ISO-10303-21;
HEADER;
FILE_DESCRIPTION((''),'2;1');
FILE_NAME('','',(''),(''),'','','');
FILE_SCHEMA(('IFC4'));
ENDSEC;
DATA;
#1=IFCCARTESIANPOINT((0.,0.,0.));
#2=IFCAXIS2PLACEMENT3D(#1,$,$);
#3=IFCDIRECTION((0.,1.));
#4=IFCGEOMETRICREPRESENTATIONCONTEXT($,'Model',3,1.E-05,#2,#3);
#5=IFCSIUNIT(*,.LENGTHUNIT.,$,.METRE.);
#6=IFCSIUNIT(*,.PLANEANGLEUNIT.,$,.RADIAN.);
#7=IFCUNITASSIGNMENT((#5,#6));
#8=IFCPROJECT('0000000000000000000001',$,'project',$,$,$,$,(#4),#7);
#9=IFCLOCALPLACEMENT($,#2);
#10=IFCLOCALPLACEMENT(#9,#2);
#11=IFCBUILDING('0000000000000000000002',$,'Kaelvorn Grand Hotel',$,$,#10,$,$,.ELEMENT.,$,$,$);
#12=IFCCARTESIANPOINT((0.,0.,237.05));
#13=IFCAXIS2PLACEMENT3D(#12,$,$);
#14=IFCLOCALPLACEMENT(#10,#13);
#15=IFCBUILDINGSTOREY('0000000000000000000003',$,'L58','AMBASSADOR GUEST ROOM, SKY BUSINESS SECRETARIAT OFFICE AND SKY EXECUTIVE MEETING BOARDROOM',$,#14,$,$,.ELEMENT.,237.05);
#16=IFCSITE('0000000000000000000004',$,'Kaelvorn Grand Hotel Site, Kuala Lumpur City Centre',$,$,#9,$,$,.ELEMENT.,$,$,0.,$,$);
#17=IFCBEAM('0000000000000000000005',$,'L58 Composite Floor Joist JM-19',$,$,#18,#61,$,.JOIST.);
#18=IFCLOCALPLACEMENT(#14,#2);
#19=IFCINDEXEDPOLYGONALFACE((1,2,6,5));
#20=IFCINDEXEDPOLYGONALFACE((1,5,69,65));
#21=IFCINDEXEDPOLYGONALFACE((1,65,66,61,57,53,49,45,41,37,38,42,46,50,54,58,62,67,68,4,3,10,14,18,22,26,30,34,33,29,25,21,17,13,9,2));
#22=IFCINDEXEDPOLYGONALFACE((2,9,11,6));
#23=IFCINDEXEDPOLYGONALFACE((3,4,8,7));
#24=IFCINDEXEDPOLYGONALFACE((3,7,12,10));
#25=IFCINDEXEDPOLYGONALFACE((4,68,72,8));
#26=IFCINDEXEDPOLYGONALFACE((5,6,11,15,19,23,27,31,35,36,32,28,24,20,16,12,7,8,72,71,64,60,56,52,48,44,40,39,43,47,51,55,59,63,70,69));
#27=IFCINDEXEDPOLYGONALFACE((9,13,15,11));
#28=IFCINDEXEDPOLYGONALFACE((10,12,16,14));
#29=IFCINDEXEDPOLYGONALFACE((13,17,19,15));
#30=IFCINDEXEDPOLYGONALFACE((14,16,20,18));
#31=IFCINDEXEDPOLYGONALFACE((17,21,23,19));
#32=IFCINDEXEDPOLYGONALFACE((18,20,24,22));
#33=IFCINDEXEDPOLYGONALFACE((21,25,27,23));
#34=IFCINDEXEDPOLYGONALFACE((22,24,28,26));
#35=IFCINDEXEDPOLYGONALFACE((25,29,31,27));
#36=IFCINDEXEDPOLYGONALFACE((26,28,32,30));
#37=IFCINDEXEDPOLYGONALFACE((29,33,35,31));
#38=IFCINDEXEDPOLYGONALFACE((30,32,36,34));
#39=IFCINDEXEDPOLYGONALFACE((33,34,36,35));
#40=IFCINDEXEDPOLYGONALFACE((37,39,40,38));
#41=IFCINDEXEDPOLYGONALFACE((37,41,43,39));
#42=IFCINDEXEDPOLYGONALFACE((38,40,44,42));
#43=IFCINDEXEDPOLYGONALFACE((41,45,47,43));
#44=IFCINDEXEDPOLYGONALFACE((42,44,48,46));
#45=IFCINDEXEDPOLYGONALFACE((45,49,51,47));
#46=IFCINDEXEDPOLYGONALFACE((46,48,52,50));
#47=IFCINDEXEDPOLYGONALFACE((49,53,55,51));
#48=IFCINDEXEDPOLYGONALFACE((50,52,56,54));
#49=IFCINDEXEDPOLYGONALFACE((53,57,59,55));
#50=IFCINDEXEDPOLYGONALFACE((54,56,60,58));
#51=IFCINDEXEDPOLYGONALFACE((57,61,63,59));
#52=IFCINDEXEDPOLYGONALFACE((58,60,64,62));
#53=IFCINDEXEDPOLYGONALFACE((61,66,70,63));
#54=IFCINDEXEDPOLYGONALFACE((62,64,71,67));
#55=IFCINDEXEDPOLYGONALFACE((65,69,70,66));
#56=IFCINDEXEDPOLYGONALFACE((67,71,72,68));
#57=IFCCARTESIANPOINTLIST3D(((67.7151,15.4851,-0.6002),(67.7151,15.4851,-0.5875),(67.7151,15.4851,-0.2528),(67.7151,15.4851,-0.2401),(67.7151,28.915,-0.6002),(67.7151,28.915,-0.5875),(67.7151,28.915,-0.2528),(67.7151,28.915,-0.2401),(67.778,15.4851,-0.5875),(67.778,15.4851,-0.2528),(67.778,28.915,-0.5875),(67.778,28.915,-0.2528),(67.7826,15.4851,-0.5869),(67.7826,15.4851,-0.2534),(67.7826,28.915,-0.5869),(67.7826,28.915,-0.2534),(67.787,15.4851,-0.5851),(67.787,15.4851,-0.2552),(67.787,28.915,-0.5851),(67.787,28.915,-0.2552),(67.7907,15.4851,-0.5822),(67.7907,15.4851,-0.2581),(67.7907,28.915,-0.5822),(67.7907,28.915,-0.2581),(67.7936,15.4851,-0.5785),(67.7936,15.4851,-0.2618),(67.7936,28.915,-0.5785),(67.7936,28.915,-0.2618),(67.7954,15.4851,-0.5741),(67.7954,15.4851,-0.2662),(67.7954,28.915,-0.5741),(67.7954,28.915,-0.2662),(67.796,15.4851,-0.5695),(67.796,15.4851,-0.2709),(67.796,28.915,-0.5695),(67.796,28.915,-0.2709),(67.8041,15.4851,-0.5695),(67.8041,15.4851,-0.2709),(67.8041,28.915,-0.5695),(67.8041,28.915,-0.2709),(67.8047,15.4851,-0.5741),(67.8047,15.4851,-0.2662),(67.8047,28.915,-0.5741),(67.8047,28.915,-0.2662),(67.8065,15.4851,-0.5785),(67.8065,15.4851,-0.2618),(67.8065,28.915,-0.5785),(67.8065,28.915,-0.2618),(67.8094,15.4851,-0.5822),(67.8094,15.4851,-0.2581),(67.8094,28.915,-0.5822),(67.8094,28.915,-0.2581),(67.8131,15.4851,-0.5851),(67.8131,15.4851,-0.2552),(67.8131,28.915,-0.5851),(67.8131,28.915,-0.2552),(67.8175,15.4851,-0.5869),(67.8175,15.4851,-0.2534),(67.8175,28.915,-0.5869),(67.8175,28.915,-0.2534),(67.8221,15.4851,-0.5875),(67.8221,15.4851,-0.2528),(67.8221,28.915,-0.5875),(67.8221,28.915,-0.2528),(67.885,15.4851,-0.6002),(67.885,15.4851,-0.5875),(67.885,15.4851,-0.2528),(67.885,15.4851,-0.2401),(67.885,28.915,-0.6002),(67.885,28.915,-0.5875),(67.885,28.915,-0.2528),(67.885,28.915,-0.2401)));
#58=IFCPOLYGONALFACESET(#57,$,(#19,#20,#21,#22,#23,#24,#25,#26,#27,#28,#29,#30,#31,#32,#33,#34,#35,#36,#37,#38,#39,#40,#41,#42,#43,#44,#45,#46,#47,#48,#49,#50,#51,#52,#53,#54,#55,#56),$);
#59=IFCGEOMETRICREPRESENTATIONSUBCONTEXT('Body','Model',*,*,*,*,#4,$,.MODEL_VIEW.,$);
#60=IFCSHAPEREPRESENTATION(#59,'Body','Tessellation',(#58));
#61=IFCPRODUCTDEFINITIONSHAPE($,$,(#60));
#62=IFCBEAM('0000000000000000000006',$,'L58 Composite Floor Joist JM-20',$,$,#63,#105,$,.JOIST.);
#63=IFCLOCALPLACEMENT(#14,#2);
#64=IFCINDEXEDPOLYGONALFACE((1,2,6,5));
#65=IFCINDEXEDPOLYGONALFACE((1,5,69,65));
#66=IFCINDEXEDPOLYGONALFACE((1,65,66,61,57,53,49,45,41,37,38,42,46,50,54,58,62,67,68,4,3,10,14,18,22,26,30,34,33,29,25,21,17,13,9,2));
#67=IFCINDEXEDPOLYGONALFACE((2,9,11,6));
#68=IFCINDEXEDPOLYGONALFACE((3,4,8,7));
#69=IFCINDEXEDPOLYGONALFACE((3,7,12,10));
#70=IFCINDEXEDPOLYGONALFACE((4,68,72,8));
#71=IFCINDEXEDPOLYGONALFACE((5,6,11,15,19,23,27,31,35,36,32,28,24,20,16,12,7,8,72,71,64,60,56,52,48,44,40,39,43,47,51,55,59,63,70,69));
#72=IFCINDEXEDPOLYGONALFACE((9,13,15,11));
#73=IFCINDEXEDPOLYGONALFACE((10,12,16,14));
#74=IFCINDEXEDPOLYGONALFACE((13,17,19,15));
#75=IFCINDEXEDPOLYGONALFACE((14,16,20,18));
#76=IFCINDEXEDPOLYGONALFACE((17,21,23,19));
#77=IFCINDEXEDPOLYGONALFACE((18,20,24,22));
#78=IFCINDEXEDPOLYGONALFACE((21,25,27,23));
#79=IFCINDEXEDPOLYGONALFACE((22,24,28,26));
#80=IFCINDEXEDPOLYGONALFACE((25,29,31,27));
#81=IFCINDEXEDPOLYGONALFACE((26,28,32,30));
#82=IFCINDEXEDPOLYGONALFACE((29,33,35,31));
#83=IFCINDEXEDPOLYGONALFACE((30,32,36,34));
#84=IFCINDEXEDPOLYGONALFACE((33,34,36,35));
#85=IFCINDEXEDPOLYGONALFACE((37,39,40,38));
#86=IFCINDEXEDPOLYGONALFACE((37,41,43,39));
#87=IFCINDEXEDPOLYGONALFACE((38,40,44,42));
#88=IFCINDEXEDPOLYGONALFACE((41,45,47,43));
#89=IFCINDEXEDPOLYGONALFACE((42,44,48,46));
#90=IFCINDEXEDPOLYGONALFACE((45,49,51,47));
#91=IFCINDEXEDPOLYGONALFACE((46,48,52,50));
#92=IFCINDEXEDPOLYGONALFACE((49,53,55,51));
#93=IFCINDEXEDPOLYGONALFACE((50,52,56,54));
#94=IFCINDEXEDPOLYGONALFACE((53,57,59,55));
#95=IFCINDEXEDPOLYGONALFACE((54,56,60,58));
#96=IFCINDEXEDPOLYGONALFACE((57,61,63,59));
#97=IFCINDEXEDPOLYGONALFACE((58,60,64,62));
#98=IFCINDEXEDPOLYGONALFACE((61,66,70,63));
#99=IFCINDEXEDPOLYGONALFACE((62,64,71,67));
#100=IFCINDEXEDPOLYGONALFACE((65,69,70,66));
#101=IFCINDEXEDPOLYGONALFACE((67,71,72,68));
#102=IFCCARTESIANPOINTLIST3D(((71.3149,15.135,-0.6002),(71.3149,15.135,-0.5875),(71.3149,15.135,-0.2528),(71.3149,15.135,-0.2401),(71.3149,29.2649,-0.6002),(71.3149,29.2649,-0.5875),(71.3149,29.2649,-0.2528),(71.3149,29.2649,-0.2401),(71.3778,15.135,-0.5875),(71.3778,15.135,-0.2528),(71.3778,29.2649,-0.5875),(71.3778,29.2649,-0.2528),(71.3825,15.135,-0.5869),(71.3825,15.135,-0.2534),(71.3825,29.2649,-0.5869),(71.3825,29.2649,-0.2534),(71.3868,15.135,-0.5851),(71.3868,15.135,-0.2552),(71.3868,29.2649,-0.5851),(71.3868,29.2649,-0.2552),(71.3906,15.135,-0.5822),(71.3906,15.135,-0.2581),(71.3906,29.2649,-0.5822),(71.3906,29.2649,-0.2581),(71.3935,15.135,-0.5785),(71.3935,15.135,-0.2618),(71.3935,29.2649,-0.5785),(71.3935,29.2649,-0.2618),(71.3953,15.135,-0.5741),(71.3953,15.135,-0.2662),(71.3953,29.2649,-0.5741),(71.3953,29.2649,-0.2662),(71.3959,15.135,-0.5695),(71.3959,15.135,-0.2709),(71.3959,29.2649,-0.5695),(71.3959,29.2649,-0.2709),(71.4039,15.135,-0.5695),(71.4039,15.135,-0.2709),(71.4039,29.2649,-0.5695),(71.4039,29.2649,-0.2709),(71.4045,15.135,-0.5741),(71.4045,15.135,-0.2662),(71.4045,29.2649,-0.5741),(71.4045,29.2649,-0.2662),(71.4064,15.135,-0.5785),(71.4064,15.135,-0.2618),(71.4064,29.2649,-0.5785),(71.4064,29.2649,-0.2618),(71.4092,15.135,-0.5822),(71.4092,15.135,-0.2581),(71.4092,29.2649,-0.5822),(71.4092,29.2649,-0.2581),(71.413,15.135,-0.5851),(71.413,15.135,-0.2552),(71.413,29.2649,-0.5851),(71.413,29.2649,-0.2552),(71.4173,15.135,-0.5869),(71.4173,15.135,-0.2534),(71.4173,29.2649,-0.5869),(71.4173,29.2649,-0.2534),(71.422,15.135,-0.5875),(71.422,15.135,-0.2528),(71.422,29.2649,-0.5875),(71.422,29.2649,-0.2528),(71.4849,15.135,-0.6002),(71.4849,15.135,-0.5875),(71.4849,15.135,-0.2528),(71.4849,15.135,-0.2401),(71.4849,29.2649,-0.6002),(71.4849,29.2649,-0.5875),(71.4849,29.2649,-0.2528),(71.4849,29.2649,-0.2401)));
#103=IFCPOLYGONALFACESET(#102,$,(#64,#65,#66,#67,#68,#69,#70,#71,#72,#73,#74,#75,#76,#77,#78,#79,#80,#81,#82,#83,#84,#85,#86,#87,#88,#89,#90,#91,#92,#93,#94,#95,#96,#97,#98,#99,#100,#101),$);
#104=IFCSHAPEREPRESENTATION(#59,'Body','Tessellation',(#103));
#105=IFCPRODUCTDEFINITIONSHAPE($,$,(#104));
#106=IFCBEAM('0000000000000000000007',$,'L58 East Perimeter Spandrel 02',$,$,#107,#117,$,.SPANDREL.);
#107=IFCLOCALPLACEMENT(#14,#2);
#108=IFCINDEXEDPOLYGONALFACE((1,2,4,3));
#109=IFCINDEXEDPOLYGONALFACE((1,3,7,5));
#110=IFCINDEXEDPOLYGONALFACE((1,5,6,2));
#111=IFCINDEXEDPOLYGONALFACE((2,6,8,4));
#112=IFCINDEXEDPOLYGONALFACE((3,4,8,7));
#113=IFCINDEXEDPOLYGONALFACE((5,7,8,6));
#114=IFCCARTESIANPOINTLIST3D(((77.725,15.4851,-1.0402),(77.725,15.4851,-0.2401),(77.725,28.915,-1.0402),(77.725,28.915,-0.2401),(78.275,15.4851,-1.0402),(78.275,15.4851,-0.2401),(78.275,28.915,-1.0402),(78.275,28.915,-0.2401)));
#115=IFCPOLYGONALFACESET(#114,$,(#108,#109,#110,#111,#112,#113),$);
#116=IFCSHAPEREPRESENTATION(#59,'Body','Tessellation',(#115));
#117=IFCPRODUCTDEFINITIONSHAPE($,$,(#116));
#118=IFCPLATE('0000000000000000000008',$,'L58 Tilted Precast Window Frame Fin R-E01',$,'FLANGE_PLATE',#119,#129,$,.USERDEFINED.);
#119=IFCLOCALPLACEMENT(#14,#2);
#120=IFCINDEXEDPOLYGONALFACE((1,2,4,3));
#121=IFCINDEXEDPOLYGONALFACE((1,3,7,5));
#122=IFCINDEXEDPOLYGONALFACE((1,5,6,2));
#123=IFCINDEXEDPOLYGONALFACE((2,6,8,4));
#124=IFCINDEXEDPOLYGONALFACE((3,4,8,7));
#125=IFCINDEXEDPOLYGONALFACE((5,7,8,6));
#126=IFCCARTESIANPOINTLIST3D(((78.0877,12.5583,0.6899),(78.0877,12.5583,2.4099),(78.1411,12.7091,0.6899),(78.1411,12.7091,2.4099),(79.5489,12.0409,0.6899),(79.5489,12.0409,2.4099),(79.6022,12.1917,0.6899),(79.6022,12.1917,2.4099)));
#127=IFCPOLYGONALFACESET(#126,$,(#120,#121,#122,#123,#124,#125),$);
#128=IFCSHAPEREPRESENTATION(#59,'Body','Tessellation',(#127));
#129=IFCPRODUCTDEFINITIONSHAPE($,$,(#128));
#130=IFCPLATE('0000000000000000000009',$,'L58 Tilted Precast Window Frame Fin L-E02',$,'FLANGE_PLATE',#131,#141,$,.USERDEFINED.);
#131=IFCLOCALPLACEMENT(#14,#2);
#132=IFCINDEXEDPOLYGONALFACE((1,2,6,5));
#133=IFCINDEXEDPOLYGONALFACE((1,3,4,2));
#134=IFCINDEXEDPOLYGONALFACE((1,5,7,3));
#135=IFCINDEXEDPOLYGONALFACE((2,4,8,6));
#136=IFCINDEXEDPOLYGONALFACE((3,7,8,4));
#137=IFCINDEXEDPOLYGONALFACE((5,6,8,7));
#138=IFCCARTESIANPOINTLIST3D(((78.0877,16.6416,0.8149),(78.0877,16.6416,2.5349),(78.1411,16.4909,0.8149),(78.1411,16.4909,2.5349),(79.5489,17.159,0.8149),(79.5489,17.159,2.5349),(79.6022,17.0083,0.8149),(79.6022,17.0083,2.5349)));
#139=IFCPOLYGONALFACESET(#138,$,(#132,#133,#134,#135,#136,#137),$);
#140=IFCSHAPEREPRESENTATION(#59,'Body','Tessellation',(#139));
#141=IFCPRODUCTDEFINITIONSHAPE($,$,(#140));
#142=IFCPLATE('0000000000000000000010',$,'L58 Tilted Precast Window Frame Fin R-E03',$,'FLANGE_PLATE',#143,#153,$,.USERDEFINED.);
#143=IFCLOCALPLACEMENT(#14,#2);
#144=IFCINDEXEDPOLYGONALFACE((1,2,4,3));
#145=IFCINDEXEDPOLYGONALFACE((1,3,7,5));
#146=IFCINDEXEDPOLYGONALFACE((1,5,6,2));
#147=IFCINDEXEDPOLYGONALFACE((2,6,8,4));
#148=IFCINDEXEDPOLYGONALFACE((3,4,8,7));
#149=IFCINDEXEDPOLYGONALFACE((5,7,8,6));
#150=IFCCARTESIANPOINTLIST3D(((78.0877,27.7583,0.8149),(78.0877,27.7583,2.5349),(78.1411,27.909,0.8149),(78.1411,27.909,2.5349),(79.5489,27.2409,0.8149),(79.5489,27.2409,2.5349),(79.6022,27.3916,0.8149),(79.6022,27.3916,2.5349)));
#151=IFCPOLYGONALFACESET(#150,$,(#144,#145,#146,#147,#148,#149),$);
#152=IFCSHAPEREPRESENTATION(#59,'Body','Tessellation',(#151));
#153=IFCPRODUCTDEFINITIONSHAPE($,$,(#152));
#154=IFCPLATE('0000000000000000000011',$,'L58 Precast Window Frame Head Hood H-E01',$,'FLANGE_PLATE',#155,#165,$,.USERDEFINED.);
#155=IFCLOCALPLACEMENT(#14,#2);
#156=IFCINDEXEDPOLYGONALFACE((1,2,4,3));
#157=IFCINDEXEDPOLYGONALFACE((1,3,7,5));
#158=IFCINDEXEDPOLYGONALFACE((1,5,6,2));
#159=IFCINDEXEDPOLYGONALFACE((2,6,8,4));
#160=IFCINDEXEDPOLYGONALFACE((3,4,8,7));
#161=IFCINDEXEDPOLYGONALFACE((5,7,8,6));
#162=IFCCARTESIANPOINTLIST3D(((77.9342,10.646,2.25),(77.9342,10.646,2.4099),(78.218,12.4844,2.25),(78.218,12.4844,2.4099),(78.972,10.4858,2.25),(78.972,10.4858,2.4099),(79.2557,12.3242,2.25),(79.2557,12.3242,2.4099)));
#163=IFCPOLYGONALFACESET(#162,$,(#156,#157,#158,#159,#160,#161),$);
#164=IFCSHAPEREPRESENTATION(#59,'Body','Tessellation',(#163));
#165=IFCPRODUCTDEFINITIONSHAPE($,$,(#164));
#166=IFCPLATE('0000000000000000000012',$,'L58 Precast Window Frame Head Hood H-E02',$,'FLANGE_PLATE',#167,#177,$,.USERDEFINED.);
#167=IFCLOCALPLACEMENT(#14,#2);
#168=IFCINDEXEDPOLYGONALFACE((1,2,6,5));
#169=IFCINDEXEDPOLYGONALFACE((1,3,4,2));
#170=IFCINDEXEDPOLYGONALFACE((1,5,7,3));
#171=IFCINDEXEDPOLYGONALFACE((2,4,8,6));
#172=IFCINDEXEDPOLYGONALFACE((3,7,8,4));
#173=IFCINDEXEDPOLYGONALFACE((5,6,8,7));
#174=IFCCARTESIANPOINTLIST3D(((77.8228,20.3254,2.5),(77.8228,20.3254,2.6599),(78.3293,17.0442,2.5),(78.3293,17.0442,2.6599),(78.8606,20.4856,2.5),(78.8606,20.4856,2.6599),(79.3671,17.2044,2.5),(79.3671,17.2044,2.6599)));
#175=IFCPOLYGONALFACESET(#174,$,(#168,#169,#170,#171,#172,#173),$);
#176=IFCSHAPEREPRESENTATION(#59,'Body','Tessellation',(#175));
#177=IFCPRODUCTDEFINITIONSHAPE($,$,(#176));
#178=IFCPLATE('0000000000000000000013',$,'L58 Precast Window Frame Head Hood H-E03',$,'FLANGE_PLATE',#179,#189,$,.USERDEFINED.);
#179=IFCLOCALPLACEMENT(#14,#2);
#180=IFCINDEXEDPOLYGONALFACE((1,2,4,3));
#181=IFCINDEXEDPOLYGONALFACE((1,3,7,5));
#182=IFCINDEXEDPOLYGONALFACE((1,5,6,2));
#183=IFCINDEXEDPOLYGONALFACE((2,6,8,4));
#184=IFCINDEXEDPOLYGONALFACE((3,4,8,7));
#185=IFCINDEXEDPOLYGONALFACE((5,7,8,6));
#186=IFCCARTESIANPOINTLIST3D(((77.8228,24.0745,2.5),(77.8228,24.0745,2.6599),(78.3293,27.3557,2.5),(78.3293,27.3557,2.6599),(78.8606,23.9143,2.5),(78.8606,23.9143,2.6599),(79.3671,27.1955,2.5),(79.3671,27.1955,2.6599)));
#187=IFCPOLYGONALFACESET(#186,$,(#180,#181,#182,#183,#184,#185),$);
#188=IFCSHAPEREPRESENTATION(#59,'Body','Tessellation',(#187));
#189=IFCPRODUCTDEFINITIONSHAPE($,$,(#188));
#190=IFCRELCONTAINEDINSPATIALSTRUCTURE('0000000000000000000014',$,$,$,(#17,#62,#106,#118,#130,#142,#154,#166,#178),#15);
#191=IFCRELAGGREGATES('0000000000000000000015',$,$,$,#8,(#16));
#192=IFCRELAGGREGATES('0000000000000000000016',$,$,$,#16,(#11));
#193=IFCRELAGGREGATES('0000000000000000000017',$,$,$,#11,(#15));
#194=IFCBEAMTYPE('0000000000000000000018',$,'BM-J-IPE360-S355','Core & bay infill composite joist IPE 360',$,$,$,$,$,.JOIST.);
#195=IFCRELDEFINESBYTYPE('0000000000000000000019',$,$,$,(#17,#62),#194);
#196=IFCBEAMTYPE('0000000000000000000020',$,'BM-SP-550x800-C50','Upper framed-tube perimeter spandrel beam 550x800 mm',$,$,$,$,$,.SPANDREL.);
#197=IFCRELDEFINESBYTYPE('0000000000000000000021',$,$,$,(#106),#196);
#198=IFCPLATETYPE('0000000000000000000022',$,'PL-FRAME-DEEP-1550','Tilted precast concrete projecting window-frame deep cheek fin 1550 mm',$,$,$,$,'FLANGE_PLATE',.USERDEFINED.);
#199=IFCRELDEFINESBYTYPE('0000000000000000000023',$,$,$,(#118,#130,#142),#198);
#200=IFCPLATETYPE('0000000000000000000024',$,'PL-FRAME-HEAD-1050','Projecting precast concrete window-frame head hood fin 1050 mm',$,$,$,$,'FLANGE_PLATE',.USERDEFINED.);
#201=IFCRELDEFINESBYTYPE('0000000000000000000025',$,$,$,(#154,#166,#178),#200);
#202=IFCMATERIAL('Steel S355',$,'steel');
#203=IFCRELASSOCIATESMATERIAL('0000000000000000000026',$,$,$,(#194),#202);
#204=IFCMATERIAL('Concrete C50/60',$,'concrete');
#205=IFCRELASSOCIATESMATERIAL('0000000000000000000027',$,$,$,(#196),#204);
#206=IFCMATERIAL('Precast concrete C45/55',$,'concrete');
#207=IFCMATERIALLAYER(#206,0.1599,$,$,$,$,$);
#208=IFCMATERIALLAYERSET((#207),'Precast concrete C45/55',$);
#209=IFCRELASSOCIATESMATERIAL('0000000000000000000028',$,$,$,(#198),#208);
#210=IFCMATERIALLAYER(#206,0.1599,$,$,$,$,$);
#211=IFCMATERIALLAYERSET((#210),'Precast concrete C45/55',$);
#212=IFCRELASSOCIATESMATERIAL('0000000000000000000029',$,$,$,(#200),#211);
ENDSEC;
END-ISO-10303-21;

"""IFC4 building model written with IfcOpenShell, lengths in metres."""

from ifc_helpers import new_model, si_unit, direction, frame, origin, origin_2d, place, context, subcontext, project, spatial, rectangle, i_section, extrude, material, layer, layer_set, material_profile, profile_set, type_object, element, save


model = new_model("IFC4")

# Units and contexts
model_context = context("Model", 3, precision=1e-05, world=origin(), true_north=direction((0.0, 1.0)))
body_context = subcontext(model_context, "Body", "Model", "MODEL_VIEW")
ifc_project = project(units=[si_unit("LENGTHUNIT", "METRE"), si_unit("PLANEANGLEUNIT", "RADIAN")], contexts=[model_context])

# Site, building, storey
site_placement = place(None, origin())
site = spatial("IfcSite", under=ifc_project, at=site_placement, Name="Kaelvorn Grand Hotel Site, Kuala Lumpur City Centre", CompositionType="ELEMENT", RefElevation=0.0)
building_placement = place(site_placement, origin())
building = spatial("IfcBuilding", under=site, at=building_placement, Name="Kaelvorn Grand Hotel", CompositionType="ELEMENT")
storey_placement = place(building_placement, frame((0.0, 0.0, 237.05)))
storey = spatial("IfcBuildingStorey", under=building, at=storey_placement, Name="L58", Description="AMBASSADOR GUEST ROOM, SKY BUSINESS SECRETARIAT OFFICE AND SKY EXECUTIVE MEETING BOARDROOM", CompositionType="ELEMENT", Elevation=237.05)

# Shared definitions
ifc_material_1 = material(Name="Concrete C50/60", Category="concrete")

# Beams
ifc_material_2 = material(Name="Steel S355", Category="steel")
ifc_material_profile_1 = material_profile(ifc_material_2, i_section(OverallWidth=0.1699, OverallDepth=0.3601, WebThickness=0.0081, FlangeThickness=0.0127, FilletRadius=0.0181, at=origin_2d()), Name="IPE 360")
ifc_profile_set_1 = profile_set([ifc_material_profile_1], Name="Steel S355")
beam_type_1 = type_object("IfcBeamType", Name="BM-J-IPE360-S355", Description="Core & bay infill composite joist IPE 360", PredefinedType="JOIST", material=ifc_profile_set_1)
beam_1_placement = place(storey_placement, frame((67.8, 15.4851, -0.4202), z_axis=(0.0, 1.0, 0.0), x_axis=(-1.0, 0.0, 0.0)))
element("IfcBeam", 1, at=beam_1_placement, inside=storey, type_object=beam_type_1, Name="L58 Composite Floor Joist JM-19", PredefinedType="JOIST", context=body_context, shape_type="SweptSolid", body=[
    extrude(i_section(OverallWidth=0.1699, OverallDepth=0.3601, WebThickness=0.0081, FlangeThickness=0.0127, FilletRadius=0.0181, at=origin_2d()), origin(), (0.0, 0.0, 1.0), 13.4299),
])
beam_2_placement = place(storey_placement, frame((71.3999, 15.135, -0.4202), z_axis=(0.0, 1.0, 0.0), x_axis=(-1.0, 0.0, 0.0)))
element("IfcBeam", 2, at=beam_2_placement, inside=storey, type_object=beam_type_1, Name="L58 Composite Floor Joist JM-20", PredefinedType="JOIST", context=body_context, shape_type="SweptSolid", body=[
    extrude(i_section(OverallWidth=0.1699, OverallDepth=0.3601, WebThickness=0.0081, FlangeThickness=0.0127, FilletRadius=0.0181, at=origin_2d()), origin(), (0.0, 0.0, 1.0), 14.1299),
])
ifc_material_profile_2 = material_profile(ifc_material_1, rectangle(XDim=0.55, YDim=0.8, at=origin_2d()), Name="RC SPANDREL 550x800")
ifc_profile_set_2 = profile_set([ifc_material_profile_2], Name="Concrete C50/60")
beam_type_2 = type_object("IfcBeamType", Name="BM-SP-550x800-C50", Description="Upper framed-tube perimeter spandrel beam 550x800 mm", PredefinedType="SPANDREL", material=ifc_profile_set_2)
beam_3_placement = place(storey_placement, frame((78.0, 15.4851, -0.6401), z_axis=(0.0, 1.0, 0.0), x_axis=(-1.0, 0.0, 0.0)))
element("IfcBeam", 3, at=beam_3_placement, inside=storey, type_object=beam_type_2, Name="L58 East Perimeter Spandrel 02", PredefinedType="SPANDREL", context=body_context, shape_type="SweptSolid", body=[
    extrude(rectangle(XDim=0.55, YDim=0.8, at=origin_2d()), origin(), (0.0, 0.0, 1.0), 13.4299),
])

# Plates
ifc_material_3 = material(Name="Precast concrete C45/55", Category="concrete")
ifc_layer_1 = layer(ifc_material_3, 0.1599)
ifc_layer_set_1 = layer_set([ifc_layer_1], Name="Precast concrete C45/55")
plate_type_1 = type_object("IfcPlateType", Name="PL-FRAME-DEEP-1550", Description="Tilted precast concrete projecting window-frame deep cheek fin 1550 mm", ElementType="FLANGE_PLATE", PredefinedType="USERDEFINED", material=ifc_layer_set_1)
for number, where, z_axis, x_axis, name in (
    (4, (78.845, 12.375, 0.6899), (0.0, 0.0, 1.0), (0.333807, 0.942641, 0.0), "L58 Tilted Precast Window Frame Fin R-E01"),
    (5, (78.845, 16.825, 0.8149), (0.0, 0.0, 1.0), (-0.333807, 0.942641, 0.0), "L58 Tilted Precast Window Frame Fin L-E02"),
    (6, (78.845, 27.575, 0.8149), (0.0, 0.0, 1.0), (0.333807, 0.942641, 0.0), "L58 Tilted Precast Window Frame Fin R-E03"),
):
    element("IfcPlate", number, at=place(storey_placement, frame(where, z_axis=z_axis, x_axis=x_axis)), inside=storey, type_object=plate_type_1, Name=name, ObjectType="FLANGE_PLATE", PredefinedType="USERDEFINED", context=body_context, shape_type="SweptSolid", body=[
        extrude(rectangle(XDim=0.1599, YDim=1.55, at=origin_2d()), origin(), (0.0, 0.0, 1.0), 1.72),
    ])
ifc_layer_2 = layer(ifc_material_3, 0.1599)
ifc_layer_set_2 = layer_set([ifc_layer_2], Name="Precast concrete C45/55")
plate_type_2 = type_object("IfcPlateType", Name="PL-FRAME-HEAD-1050", Description="Projecting precast concrete window-frame head hood fin 1050 mm", ElementType="FLANGE_PLATE", PredefinedType="USERDEFINED", material=ifc_layer_set_2)
plate_placement = place(storey_placement, frame((78.595, 11.4851, 2.25), z_axis=(0.0, 0.0, 1.0), x_axis=(0.152555, 0.988295, 0.0)))
element("IfcPlate", 7, at=plate_placement, inside=storey, type_object=plate_type_2, Name="L58 Precast Window Frame Head Hood H-E01", ObjectType="FLANGE_PLATE", PredefinedType="USERDEFINED", context=body_context, shape_type="SweptSolid", body=[
    extrude(rectangle(XDim=1.8601, YDim=1.05, at=origin_2d()), origin(), (0.0, 0.0, 1.0), 0.1599),
])
for number, where, z_axis, x_axis, name in (
    (8, (78.595, 18.7649, 2.5), (0.0, 0.0, 1.0), (-0.152555, 0.988295, 0.0), "L58 Precast Window Frame Head Hood H-E02"),
    (9, (78.595, 25.635, 2.5), (0.0, 0.0, 1.0), (0.152555, 0.988295, 0.0), "L58 Precast Window Frame Head Hood H-E03"),
):
    element("IfcPlate", number, at=place(storey_placement, frame(where, z_axis=z_axis, x_axis=x_axis)), inside=storey, type_object=plate_type_2, Name=name, ObjectType="FLANGE_PLATE", PredefinedType="USERDEFINED", context=body_context, shape_type="SweptSolid", body=[
        extrude(rectangle(XDim=3.3201, YDim=1.05, at=origin_2d()), origin(), (0.0, 0.0, 1.0), 0.1599),
    ])

save(model, "model.ifc")
